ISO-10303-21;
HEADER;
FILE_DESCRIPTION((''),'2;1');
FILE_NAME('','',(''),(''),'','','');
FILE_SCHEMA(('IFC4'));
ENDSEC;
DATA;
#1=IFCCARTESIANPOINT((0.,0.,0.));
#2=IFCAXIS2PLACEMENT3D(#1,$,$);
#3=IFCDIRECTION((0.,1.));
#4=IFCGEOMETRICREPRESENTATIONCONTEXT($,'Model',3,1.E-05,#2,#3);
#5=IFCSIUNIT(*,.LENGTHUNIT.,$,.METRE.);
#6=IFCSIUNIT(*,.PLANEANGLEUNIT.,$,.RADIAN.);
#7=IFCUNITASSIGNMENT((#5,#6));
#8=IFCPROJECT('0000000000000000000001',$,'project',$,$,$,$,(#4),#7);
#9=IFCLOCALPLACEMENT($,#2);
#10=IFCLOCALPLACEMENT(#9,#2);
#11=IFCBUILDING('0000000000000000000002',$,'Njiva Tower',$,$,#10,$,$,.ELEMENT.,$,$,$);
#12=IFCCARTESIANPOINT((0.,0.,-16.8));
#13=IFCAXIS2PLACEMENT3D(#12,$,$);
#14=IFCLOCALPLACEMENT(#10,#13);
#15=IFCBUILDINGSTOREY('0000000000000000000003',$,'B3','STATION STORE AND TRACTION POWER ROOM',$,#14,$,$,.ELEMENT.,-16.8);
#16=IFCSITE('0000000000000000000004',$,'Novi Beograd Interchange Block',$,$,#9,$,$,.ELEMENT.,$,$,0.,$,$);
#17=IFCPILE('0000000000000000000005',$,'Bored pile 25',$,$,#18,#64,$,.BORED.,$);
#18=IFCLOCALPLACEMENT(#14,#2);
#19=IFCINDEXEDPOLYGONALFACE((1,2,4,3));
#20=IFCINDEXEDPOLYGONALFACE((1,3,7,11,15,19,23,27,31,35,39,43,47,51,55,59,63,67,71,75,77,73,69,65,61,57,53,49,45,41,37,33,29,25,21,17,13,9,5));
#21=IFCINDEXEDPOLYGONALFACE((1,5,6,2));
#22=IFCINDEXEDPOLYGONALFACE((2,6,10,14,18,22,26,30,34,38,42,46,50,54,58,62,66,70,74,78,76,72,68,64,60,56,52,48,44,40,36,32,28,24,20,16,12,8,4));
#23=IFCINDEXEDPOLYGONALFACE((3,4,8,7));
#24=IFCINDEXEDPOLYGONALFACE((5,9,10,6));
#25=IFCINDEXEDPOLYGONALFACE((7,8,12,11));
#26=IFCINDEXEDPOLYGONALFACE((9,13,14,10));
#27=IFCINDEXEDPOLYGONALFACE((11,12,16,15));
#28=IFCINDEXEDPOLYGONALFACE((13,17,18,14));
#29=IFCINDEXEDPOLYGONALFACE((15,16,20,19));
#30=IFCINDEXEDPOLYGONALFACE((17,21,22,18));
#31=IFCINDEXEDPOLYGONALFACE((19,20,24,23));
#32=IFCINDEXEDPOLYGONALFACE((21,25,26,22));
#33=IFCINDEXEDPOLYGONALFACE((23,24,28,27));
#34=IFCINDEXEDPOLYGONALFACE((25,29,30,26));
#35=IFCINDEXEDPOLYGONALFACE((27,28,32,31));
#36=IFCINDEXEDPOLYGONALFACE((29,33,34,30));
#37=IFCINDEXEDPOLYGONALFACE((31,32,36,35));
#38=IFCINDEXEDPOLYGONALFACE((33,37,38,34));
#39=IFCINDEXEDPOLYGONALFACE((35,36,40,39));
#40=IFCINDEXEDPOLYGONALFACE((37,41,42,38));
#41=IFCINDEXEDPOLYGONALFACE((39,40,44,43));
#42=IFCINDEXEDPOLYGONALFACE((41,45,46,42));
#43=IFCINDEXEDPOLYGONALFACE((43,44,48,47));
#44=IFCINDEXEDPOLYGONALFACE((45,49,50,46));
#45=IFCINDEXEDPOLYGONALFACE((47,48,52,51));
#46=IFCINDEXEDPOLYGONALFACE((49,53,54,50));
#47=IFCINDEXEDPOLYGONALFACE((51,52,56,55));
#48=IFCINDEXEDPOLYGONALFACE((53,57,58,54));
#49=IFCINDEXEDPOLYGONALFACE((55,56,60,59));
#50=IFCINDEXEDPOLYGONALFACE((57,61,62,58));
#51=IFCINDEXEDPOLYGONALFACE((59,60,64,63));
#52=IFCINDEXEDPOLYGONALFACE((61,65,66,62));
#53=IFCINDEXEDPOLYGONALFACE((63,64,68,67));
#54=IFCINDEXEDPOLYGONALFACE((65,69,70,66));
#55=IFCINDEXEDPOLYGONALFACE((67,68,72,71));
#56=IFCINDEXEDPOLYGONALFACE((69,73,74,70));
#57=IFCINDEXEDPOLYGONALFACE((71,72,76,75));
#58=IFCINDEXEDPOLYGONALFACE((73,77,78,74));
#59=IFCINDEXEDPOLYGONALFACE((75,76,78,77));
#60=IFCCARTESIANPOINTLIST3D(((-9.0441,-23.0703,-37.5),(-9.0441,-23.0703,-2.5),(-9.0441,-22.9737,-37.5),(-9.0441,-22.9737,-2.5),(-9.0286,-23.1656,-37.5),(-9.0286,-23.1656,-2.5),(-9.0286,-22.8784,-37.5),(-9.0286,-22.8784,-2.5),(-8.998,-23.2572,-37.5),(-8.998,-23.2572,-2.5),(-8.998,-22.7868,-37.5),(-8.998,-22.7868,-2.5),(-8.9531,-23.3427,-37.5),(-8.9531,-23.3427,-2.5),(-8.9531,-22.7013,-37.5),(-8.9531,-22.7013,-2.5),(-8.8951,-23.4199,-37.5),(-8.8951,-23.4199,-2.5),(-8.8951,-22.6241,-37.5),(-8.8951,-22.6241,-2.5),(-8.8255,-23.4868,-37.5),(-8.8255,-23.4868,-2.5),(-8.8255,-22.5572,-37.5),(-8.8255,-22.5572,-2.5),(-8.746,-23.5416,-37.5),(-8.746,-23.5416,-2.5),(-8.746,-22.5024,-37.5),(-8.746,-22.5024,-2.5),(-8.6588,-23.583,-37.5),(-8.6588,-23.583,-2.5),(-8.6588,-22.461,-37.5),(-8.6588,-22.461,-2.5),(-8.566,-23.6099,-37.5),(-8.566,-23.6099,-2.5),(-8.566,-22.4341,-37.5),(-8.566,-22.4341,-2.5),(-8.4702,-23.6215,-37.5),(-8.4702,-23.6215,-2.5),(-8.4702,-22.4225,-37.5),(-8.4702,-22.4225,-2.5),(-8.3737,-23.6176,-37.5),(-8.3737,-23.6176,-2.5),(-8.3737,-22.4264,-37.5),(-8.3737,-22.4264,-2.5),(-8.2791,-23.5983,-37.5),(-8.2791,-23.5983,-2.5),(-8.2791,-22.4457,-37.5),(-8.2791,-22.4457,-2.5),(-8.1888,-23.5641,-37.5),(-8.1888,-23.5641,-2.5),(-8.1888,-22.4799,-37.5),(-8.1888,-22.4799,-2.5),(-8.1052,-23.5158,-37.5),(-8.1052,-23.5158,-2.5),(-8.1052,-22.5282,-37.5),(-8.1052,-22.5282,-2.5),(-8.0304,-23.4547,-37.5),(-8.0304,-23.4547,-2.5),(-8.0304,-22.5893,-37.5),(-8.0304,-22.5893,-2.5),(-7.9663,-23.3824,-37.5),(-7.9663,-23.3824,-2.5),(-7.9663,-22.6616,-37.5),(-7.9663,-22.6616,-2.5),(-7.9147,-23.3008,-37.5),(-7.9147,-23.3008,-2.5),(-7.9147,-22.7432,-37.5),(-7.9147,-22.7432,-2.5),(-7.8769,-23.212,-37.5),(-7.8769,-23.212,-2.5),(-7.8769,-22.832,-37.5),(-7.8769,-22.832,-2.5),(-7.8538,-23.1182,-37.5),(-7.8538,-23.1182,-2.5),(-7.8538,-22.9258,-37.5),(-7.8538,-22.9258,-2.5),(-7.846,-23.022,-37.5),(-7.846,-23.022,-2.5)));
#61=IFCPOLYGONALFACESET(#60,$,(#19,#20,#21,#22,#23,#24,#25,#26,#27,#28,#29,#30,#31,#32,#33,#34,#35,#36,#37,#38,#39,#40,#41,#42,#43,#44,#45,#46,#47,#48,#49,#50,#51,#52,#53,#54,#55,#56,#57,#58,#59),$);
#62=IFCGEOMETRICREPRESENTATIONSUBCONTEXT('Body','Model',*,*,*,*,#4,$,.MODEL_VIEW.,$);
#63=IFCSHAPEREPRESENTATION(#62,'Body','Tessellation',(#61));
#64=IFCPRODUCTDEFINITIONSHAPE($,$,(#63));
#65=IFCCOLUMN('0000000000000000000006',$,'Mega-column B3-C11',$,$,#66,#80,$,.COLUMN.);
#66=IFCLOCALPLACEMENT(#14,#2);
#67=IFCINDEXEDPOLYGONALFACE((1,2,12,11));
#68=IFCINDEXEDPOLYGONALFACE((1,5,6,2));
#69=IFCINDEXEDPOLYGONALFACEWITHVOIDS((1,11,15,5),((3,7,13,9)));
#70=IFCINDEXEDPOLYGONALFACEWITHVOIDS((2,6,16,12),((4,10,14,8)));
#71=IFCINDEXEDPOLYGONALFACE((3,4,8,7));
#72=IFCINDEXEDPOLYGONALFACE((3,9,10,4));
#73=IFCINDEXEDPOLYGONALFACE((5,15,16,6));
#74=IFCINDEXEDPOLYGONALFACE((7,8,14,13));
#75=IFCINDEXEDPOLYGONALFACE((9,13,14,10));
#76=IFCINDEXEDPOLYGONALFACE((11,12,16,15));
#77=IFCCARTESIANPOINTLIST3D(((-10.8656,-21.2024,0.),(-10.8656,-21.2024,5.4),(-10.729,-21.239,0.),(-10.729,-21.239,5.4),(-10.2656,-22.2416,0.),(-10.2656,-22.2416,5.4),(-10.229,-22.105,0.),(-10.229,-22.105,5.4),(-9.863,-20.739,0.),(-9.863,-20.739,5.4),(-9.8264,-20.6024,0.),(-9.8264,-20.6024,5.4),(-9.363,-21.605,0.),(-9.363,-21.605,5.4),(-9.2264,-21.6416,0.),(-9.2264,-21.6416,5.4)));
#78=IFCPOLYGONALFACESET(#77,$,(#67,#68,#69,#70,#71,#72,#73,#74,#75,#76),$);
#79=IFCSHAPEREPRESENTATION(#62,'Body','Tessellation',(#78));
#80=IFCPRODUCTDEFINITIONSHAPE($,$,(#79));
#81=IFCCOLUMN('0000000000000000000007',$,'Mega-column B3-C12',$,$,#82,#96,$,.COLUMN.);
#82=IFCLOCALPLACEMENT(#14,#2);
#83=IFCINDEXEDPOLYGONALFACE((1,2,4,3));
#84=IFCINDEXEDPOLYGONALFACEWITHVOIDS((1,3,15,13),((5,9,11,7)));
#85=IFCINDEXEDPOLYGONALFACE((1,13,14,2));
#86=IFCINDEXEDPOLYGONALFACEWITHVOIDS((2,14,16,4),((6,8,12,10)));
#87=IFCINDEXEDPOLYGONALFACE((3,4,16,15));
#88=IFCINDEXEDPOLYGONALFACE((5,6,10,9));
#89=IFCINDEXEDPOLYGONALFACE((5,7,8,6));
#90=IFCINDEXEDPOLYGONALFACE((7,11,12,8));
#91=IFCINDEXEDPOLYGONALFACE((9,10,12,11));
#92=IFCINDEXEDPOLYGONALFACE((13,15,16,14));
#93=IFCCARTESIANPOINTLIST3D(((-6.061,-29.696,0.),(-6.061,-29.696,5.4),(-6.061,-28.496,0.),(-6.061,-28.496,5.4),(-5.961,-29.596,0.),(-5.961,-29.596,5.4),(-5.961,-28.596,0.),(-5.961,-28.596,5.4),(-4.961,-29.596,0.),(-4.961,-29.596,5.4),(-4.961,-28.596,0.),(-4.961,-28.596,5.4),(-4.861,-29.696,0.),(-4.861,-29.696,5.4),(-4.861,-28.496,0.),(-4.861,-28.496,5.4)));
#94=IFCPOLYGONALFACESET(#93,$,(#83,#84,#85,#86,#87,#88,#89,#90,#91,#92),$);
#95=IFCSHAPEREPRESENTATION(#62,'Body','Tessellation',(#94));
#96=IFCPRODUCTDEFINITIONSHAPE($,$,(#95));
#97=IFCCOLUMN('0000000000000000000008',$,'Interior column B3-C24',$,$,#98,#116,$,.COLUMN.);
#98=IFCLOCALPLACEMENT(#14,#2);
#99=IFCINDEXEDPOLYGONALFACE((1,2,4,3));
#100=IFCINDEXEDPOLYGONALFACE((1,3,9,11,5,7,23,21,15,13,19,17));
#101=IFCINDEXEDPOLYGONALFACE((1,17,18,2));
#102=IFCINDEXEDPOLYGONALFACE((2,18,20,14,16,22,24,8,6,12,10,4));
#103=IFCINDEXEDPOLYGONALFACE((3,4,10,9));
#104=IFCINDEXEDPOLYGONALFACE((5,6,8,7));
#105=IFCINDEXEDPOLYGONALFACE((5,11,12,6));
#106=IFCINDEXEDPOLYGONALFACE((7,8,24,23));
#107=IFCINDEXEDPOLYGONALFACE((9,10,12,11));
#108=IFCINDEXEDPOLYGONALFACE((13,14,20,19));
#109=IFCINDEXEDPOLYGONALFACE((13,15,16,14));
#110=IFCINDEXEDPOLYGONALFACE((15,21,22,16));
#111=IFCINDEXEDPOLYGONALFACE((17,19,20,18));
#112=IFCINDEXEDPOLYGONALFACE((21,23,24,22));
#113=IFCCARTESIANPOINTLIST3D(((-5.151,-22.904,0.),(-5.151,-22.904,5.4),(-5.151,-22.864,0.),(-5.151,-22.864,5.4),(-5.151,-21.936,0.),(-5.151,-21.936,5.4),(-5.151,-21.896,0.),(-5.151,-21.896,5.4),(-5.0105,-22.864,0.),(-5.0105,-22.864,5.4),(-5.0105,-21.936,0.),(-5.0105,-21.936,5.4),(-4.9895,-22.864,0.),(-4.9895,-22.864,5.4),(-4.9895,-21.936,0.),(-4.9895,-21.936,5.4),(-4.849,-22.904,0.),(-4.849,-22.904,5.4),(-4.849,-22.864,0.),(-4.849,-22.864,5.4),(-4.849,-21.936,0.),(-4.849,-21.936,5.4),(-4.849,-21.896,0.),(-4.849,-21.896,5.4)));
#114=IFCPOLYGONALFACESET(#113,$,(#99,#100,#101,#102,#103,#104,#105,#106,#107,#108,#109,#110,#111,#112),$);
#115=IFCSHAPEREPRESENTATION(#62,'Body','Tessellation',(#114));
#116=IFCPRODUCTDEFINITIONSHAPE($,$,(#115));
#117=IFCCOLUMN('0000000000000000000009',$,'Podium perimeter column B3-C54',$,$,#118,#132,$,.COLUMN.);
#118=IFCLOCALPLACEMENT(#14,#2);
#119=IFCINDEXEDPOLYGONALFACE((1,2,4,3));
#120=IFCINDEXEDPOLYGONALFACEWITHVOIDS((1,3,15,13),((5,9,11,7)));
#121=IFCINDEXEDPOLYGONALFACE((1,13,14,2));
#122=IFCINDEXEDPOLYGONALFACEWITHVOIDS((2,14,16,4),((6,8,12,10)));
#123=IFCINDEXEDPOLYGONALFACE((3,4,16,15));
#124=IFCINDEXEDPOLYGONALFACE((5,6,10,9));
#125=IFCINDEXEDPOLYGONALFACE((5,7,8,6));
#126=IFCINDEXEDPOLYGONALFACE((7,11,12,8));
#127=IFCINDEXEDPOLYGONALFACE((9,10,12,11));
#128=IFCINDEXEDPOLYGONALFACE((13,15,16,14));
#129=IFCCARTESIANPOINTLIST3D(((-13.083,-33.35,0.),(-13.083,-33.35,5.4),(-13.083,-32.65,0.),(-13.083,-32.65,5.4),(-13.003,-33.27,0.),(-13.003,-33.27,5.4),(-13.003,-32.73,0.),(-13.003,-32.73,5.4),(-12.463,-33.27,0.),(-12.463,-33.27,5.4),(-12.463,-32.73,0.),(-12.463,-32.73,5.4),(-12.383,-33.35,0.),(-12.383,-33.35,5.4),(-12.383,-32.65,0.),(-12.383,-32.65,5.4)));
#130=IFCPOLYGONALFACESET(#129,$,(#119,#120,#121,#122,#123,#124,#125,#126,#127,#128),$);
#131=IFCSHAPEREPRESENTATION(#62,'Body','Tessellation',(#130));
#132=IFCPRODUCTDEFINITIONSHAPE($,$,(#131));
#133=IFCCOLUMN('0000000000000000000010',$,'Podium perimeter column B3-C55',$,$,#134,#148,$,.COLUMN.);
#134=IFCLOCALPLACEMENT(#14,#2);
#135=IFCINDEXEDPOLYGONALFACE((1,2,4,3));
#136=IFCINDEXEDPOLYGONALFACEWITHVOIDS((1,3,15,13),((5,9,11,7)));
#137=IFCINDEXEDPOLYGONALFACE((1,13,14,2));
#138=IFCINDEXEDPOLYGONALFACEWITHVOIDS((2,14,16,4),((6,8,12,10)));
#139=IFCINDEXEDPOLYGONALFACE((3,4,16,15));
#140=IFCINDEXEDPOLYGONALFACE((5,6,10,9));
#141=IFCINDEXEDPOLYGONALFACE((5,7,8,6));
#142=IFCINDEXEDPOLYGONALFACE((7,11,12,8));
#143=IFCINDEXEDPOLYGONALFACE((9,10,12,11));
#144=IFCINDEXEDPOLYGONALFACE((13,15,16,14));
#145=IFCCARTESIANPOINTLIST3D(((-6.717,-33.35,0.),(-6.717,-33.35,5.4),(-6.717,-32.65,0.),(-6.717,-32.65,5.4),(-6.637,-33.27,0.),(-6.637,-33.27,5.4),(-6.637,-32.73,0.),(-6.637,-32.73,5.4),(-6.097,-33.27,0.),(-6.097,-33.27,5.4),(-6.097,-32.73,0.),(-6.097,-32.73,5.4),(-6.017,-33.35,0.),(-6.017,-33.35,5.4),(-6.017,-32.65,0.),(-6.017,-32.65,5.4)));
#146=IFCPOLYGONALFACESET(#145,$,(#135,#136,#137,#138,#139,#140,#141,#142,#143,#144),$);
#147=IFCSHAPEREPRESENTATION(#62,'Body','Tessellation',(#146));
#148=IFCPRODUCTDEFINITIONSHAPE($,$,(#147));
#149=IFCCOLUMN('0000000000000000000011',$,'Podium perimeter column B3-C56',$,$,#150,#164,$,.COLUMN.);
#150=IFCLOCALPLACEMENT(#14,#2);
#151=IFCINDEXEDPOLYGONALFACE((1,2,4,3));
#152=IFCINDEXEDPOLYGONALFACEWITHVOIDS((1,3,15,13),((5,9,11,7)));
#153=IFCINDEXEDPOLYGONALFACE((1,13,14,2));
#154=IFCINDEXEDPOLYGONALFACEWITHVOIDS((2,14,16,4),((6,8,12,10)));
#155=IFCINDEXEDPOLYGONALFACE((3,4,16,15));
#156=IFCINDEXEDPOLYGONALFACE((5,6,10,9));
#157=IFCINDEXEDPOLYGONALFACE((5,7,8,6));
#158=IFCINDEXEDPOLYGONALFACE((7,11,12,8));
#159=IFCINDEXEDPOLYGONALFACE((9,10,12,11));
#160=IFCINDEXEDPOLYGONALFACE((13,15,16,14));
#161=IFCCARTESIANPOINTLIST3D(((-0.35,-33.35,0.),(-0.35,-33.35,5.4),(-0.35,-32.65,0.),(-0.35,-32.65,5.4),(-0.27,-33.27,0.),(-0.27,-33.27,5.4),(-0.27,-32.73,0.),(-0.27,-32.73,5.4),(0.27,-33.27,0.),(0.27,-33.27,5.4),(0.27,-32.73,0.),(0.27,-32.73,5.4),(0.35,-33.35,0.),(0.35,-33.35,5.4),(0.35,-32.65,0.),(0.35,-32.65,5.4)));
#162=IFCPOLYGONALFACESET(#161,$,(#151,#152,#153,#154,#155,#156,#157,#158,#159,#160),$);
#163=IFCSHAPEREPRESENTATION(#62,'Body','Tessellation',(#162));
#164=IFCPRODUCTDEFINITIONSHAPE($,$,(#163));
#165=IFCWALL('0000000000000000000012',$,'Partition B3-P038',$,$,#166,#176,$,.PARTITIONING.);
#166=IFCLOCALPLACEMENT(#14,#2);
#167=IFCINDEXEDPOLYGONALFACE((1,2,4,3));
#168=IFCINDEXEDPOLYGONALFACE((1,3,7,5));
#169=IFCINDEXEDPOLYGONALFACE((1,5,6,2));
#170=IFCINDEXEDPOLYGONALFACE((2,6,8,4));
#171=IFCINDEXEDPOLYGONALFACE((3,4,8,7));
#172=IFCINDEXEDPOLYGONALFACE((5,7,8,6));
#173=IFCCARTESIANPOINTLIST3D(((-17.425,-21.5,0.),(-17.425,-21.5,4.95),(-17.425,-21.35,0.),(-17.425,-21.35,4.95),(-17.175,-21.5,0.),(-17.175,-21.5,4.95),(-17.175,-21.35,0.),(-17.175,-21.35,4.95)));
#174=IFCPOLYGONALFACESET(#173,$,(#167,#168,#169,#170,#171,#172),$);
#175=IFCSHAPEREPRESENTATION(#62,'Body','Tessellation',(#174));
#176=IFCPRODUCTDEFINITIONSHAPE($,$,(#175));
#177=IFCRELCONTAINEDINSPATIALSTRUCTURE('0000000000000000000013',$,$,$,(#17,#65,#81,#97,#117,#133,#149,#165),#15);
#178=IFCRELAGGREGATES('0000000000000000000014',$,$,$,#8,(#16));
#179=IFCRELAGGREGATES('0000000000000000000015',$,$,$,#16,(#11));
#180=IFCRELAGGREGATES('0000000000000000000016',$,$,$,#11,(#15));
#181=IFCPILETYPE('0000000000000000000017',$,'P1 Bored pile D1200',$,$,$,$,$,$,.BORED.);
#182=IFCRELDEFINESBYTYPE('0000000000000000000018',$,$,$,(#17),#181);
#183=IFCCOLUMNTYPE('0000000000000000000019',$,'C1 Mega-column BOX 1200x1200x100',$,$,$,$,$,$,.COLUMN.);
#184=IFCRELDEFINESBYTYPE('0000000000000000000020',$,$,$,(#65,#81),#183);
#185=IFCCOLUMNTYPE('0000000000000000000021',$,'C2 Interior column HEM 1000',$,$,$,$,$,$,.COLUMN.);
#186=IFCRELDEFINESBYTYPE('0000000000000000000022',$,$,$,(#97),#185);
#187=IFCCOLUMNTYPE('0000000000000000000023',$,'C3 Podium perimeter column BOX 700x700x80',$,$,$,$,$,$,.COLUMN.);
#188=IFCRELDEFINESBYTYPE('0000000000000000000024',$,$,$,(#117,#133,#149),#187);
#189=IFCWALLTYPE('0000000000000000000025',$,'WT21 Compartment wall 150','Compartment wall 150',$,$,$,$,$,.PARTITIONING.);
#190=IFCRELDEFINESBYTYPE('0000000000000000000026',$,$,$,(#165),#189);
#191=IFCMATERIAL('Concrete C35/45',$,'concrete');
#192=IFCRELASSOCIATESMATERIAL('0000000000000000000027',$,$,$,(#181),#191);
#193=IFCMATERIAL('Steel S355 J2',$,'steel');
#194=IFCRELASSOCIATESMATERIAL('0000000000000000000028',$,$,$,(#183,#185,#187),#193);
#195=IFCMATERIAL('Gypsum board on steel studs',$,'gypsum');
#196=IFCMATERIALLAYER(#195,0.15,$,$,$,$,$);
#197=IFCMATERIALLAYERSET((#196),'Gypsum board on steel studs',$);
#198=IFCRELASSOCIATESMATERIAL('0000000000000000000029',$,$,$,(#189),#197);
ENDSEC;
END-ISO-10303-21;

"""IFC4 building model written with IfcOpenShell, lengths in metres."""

from ifc_helpers import new_model, si_unit, direction, frame, frame_2d, origin, origin_2d, place, context, subcontext, project, spatial, rectangle, hollow_rectangle, circle, i_section, extrude, material, layer, layer_set, material_profile, profile_set, type_object, element, save


model = new_model("IFC4")

# Units and contexts
model_context = context("Model", 3, precision=1e-05, world=origin(), true_north=direction((0.0, 1.0)))
body_context = subcontext(model_context, "Body", "Model", "MODEL_VIEW")
ifc_project = project(units=[si_unit("LENGTHUNIT", "METRE"), si_unit("PLANEANGLEUNIT", "RADIAN")], contexts=[model_context])

# Site, building, storey
site_placement = place(None, origin())
site = spatial("IfcSite", under=ifc_project, at=site_placement, Name="Novi Beograd Interchange Block", CompositionType="ELEMENT", RefElevation=0.0)
building_placement = place(site_placement, origin())
building = spatial("IfcBuilding", under=site, at=building_placement, Name="Njiva Tower", CompositionType="ELEMENT")
storey_placement = place(building_placement, frame((0.0, 0.0, -16.8)))
storey = spatial("IfcBuildingStorey", under=building, at=storey_placement, Name="B3", Description="STATION STORE AND TRACTION POWER ROOM", CompositionType="ELEMENT", Elevation=-16.8)

# Pile
ifc_material_1 = material(Name="Concrete C35/45", Category="concrete")
ifc_material_profile_1 = material_profile(ifc_material_1, circle(Radius=0.6, at=origin_2d()), Name="D1200")
ifc_profile_set_1 = profile_set([ifc_material_profile_1], Name="Concrete C35/45")
pile_type = type_object("IfcPileType", Name="P1 Bored pile D1200", PredefinedType="BORED", material=ifc_profile_set_1)
for number, where, z_axis, x_axis, name in (
    (1, (-8.446, -23.022, -2.5), (0.0, 0.0, -1.0), (1.0, 0.0, 0.0), "Bored pile 25"),
):
    element("IfcPile", number, at=place(storey_placement, frame(where, z_axis=z_axis, x_axis=x_axis)), inside=storey, type_object=pile_type, Name=name, PredefinedType="BORED", context=body_context, shape_type="SweptSolid", body=[
        extrude(circle(Radius=0.6, at=origin_2d()), origin(), (0.0, 0.0, 1.0), 35.0),
    ])

# Columns
ifc_material_2 = material(Name="Steel S355 J2", Category="steel")
ifc_material_profile_2 = material_profile(ifc_material_2, hollow_rectangle(XDim=1.2, YDim=1.2, WallThickness=0.1, at=origin_2d()), Name="BOX 1200x1200x100")
ifc_profile_set_2 = profile_set([ifc_material_profile_2], Name="Steel S355 J2")
column_type_1 = type_object("IfcColumnType", Name="C1 Mega-column BOX 1200x1200x100", PredefinedType="COLUMN", material=ifc_profile_set_2)
for number, where, z_axis, x_axis, name in (
    (2, (-10.046, -21.422, 0.0), (0.0, 0.0, 1.0), (0.5, -0.866025, 0.0), "Mega-column B3-C11"),
    (3, (-5.461, -29.096, 0.0), (0.0, 0.0, 1.0), (1.0, 0.0, 0.0), "Mega-column B3-C12"),
):
    element("IfcColumn", number, at=place(storey_placement, frame(where, z_axis=z_axis, x_axis=x_axis)), inside=storey, type_object=column_type_1, Name=name, PredefinedType="COLUMN", context=body_context, shape_type="SweptSolid", body=[
        extrude(hollow_rectangle(XDim=1.2, YDim=1.2, WallThickness=0.1, at=origin_2d()), origin(), (0.0, 0.0, 1.0), 5.4),
    ])
ifc_material_profile_3 = material_profile(ifc_material_2, i_section(OverallWidth=0.302, OverallDepth=1.008, WebThickness=0.021, FlangeThickness=0.04, at=origin_2d()), Name="HEM 1000")
ifc_profile_set_3 = profile_set([ifc_material_profile_3], Name="Steel S355 J2")
column_type_2 = type_object("IfcColumnType", Name="C2 Interior column HEM 1000", PredefinedType="COLUMN", material=ifc_profile_set_3)
column_placement = place(storey_placement, frame((-5.0, -22.4, 0.0), z_axis=(0.0, 0.0, 1.0), x_axis=(1.0, 0.0, 0.0)))
element("IfcColumn", 4, at=column_placement, inside=storey, type_object=column_type_2, Name="Interior column B3-C24", PredefinedType="COLUMN", context=body_context, shape_type="SweptSolid", body=[
    extrude(i_section(OverallWidth=0.302, OverallDepth=1.008, WebThickness=0.021, FlangeThickness=0.04, at=origin_2d()), origin(), (0.0, 0.0, 1.0), 5.4),
])
ifc_material_profile_4 = material_profile(ifc_material_2, hollow_rectangle(XDim=0.7, YDim=0.7, WallThickness=0.08, at=origin_2d()), Name="BOX 700x700x80")
ifc_profile_set_4 = profile_set([ifc_material_profile_4], Name="Steel S355 J2")
column_type_3 = type_object("IfcColumnType", Name="C3 Podium perimeter column BOX 700x700x80", PredefinedType="COLUMN", material=ifc_profile_set_4)
for number, where, z_axis, x_axis, name in (
    (5, (-12.733, -33.0, 0.0), (0.0, 0.0, 1.0), (1.0, 0.0, 0.0), "Podium perimeter column B3-C54"),
    (6, (-6.367, -33.0, 0.0), (0.0, 0.0, 1.0), (1.0, 0.0, 0.0), "Podium perimeter column B3-C55"),
    (7, (0.0, -33.0, 0.0), (0.0, 0.0, 1.0), (1.0, 0.0, 0.0), "Podium perimeter column B3-C56"),
):
    element("IfcColumn", number, at=place(storey_placement, frame(where, z_axis=z_axis, x_axis=x_axis)), inside=storey, type_object=column_type_3, Name=name, PredefinedType="COLUMN", context=body_context, shape_type="SweptSolid", body=[
        extrude(hollow_rectangle(XDim=0.7, YDim=0.7, WallThickness=0.08, at=origin_2d()), origin(), (0.0, 0.0, 1.0), 5.4),
    ])

# Wall
ifc_material_3 = material(Name="Gypsum board on steel studs", Category="gypsum")
ifc_layer_1 = layer(ifc_material_3, 0.15)
ifc_layer_set_1 = layer_set([ifc_layer_1], Name="Gypsum board on steel studs")
wall_type_1 = type_object("IfcWallType", Name="WT21 Compartment wall 150", Description="Compartment wall 150", PredefinedType="PARTITIONING", material=ifc_layer_set_1)
wall_1_placement = place(storey_placement, frame((-17.425, -21.425, 0.0), z_axis=(0.0, 0.0, 1.0), x_axis=(1.0, 0.0, 0.0)))
element("IfcWall", 8, at=wall_1_placement, inside=storey, type_object=wall_type_1, Name="Partition B3-P038", PredefinedType="PARTITIONING", context=body_context, shape_type="SweptSolid", body=[
    extrude(rectangle(XDim=0.25, YDim=0.15, at=frame_2d((0.125, 0.0))), origin(), (0.0, 0.0, 1.0), 4.95),
])

save(model, "model.ifc")
